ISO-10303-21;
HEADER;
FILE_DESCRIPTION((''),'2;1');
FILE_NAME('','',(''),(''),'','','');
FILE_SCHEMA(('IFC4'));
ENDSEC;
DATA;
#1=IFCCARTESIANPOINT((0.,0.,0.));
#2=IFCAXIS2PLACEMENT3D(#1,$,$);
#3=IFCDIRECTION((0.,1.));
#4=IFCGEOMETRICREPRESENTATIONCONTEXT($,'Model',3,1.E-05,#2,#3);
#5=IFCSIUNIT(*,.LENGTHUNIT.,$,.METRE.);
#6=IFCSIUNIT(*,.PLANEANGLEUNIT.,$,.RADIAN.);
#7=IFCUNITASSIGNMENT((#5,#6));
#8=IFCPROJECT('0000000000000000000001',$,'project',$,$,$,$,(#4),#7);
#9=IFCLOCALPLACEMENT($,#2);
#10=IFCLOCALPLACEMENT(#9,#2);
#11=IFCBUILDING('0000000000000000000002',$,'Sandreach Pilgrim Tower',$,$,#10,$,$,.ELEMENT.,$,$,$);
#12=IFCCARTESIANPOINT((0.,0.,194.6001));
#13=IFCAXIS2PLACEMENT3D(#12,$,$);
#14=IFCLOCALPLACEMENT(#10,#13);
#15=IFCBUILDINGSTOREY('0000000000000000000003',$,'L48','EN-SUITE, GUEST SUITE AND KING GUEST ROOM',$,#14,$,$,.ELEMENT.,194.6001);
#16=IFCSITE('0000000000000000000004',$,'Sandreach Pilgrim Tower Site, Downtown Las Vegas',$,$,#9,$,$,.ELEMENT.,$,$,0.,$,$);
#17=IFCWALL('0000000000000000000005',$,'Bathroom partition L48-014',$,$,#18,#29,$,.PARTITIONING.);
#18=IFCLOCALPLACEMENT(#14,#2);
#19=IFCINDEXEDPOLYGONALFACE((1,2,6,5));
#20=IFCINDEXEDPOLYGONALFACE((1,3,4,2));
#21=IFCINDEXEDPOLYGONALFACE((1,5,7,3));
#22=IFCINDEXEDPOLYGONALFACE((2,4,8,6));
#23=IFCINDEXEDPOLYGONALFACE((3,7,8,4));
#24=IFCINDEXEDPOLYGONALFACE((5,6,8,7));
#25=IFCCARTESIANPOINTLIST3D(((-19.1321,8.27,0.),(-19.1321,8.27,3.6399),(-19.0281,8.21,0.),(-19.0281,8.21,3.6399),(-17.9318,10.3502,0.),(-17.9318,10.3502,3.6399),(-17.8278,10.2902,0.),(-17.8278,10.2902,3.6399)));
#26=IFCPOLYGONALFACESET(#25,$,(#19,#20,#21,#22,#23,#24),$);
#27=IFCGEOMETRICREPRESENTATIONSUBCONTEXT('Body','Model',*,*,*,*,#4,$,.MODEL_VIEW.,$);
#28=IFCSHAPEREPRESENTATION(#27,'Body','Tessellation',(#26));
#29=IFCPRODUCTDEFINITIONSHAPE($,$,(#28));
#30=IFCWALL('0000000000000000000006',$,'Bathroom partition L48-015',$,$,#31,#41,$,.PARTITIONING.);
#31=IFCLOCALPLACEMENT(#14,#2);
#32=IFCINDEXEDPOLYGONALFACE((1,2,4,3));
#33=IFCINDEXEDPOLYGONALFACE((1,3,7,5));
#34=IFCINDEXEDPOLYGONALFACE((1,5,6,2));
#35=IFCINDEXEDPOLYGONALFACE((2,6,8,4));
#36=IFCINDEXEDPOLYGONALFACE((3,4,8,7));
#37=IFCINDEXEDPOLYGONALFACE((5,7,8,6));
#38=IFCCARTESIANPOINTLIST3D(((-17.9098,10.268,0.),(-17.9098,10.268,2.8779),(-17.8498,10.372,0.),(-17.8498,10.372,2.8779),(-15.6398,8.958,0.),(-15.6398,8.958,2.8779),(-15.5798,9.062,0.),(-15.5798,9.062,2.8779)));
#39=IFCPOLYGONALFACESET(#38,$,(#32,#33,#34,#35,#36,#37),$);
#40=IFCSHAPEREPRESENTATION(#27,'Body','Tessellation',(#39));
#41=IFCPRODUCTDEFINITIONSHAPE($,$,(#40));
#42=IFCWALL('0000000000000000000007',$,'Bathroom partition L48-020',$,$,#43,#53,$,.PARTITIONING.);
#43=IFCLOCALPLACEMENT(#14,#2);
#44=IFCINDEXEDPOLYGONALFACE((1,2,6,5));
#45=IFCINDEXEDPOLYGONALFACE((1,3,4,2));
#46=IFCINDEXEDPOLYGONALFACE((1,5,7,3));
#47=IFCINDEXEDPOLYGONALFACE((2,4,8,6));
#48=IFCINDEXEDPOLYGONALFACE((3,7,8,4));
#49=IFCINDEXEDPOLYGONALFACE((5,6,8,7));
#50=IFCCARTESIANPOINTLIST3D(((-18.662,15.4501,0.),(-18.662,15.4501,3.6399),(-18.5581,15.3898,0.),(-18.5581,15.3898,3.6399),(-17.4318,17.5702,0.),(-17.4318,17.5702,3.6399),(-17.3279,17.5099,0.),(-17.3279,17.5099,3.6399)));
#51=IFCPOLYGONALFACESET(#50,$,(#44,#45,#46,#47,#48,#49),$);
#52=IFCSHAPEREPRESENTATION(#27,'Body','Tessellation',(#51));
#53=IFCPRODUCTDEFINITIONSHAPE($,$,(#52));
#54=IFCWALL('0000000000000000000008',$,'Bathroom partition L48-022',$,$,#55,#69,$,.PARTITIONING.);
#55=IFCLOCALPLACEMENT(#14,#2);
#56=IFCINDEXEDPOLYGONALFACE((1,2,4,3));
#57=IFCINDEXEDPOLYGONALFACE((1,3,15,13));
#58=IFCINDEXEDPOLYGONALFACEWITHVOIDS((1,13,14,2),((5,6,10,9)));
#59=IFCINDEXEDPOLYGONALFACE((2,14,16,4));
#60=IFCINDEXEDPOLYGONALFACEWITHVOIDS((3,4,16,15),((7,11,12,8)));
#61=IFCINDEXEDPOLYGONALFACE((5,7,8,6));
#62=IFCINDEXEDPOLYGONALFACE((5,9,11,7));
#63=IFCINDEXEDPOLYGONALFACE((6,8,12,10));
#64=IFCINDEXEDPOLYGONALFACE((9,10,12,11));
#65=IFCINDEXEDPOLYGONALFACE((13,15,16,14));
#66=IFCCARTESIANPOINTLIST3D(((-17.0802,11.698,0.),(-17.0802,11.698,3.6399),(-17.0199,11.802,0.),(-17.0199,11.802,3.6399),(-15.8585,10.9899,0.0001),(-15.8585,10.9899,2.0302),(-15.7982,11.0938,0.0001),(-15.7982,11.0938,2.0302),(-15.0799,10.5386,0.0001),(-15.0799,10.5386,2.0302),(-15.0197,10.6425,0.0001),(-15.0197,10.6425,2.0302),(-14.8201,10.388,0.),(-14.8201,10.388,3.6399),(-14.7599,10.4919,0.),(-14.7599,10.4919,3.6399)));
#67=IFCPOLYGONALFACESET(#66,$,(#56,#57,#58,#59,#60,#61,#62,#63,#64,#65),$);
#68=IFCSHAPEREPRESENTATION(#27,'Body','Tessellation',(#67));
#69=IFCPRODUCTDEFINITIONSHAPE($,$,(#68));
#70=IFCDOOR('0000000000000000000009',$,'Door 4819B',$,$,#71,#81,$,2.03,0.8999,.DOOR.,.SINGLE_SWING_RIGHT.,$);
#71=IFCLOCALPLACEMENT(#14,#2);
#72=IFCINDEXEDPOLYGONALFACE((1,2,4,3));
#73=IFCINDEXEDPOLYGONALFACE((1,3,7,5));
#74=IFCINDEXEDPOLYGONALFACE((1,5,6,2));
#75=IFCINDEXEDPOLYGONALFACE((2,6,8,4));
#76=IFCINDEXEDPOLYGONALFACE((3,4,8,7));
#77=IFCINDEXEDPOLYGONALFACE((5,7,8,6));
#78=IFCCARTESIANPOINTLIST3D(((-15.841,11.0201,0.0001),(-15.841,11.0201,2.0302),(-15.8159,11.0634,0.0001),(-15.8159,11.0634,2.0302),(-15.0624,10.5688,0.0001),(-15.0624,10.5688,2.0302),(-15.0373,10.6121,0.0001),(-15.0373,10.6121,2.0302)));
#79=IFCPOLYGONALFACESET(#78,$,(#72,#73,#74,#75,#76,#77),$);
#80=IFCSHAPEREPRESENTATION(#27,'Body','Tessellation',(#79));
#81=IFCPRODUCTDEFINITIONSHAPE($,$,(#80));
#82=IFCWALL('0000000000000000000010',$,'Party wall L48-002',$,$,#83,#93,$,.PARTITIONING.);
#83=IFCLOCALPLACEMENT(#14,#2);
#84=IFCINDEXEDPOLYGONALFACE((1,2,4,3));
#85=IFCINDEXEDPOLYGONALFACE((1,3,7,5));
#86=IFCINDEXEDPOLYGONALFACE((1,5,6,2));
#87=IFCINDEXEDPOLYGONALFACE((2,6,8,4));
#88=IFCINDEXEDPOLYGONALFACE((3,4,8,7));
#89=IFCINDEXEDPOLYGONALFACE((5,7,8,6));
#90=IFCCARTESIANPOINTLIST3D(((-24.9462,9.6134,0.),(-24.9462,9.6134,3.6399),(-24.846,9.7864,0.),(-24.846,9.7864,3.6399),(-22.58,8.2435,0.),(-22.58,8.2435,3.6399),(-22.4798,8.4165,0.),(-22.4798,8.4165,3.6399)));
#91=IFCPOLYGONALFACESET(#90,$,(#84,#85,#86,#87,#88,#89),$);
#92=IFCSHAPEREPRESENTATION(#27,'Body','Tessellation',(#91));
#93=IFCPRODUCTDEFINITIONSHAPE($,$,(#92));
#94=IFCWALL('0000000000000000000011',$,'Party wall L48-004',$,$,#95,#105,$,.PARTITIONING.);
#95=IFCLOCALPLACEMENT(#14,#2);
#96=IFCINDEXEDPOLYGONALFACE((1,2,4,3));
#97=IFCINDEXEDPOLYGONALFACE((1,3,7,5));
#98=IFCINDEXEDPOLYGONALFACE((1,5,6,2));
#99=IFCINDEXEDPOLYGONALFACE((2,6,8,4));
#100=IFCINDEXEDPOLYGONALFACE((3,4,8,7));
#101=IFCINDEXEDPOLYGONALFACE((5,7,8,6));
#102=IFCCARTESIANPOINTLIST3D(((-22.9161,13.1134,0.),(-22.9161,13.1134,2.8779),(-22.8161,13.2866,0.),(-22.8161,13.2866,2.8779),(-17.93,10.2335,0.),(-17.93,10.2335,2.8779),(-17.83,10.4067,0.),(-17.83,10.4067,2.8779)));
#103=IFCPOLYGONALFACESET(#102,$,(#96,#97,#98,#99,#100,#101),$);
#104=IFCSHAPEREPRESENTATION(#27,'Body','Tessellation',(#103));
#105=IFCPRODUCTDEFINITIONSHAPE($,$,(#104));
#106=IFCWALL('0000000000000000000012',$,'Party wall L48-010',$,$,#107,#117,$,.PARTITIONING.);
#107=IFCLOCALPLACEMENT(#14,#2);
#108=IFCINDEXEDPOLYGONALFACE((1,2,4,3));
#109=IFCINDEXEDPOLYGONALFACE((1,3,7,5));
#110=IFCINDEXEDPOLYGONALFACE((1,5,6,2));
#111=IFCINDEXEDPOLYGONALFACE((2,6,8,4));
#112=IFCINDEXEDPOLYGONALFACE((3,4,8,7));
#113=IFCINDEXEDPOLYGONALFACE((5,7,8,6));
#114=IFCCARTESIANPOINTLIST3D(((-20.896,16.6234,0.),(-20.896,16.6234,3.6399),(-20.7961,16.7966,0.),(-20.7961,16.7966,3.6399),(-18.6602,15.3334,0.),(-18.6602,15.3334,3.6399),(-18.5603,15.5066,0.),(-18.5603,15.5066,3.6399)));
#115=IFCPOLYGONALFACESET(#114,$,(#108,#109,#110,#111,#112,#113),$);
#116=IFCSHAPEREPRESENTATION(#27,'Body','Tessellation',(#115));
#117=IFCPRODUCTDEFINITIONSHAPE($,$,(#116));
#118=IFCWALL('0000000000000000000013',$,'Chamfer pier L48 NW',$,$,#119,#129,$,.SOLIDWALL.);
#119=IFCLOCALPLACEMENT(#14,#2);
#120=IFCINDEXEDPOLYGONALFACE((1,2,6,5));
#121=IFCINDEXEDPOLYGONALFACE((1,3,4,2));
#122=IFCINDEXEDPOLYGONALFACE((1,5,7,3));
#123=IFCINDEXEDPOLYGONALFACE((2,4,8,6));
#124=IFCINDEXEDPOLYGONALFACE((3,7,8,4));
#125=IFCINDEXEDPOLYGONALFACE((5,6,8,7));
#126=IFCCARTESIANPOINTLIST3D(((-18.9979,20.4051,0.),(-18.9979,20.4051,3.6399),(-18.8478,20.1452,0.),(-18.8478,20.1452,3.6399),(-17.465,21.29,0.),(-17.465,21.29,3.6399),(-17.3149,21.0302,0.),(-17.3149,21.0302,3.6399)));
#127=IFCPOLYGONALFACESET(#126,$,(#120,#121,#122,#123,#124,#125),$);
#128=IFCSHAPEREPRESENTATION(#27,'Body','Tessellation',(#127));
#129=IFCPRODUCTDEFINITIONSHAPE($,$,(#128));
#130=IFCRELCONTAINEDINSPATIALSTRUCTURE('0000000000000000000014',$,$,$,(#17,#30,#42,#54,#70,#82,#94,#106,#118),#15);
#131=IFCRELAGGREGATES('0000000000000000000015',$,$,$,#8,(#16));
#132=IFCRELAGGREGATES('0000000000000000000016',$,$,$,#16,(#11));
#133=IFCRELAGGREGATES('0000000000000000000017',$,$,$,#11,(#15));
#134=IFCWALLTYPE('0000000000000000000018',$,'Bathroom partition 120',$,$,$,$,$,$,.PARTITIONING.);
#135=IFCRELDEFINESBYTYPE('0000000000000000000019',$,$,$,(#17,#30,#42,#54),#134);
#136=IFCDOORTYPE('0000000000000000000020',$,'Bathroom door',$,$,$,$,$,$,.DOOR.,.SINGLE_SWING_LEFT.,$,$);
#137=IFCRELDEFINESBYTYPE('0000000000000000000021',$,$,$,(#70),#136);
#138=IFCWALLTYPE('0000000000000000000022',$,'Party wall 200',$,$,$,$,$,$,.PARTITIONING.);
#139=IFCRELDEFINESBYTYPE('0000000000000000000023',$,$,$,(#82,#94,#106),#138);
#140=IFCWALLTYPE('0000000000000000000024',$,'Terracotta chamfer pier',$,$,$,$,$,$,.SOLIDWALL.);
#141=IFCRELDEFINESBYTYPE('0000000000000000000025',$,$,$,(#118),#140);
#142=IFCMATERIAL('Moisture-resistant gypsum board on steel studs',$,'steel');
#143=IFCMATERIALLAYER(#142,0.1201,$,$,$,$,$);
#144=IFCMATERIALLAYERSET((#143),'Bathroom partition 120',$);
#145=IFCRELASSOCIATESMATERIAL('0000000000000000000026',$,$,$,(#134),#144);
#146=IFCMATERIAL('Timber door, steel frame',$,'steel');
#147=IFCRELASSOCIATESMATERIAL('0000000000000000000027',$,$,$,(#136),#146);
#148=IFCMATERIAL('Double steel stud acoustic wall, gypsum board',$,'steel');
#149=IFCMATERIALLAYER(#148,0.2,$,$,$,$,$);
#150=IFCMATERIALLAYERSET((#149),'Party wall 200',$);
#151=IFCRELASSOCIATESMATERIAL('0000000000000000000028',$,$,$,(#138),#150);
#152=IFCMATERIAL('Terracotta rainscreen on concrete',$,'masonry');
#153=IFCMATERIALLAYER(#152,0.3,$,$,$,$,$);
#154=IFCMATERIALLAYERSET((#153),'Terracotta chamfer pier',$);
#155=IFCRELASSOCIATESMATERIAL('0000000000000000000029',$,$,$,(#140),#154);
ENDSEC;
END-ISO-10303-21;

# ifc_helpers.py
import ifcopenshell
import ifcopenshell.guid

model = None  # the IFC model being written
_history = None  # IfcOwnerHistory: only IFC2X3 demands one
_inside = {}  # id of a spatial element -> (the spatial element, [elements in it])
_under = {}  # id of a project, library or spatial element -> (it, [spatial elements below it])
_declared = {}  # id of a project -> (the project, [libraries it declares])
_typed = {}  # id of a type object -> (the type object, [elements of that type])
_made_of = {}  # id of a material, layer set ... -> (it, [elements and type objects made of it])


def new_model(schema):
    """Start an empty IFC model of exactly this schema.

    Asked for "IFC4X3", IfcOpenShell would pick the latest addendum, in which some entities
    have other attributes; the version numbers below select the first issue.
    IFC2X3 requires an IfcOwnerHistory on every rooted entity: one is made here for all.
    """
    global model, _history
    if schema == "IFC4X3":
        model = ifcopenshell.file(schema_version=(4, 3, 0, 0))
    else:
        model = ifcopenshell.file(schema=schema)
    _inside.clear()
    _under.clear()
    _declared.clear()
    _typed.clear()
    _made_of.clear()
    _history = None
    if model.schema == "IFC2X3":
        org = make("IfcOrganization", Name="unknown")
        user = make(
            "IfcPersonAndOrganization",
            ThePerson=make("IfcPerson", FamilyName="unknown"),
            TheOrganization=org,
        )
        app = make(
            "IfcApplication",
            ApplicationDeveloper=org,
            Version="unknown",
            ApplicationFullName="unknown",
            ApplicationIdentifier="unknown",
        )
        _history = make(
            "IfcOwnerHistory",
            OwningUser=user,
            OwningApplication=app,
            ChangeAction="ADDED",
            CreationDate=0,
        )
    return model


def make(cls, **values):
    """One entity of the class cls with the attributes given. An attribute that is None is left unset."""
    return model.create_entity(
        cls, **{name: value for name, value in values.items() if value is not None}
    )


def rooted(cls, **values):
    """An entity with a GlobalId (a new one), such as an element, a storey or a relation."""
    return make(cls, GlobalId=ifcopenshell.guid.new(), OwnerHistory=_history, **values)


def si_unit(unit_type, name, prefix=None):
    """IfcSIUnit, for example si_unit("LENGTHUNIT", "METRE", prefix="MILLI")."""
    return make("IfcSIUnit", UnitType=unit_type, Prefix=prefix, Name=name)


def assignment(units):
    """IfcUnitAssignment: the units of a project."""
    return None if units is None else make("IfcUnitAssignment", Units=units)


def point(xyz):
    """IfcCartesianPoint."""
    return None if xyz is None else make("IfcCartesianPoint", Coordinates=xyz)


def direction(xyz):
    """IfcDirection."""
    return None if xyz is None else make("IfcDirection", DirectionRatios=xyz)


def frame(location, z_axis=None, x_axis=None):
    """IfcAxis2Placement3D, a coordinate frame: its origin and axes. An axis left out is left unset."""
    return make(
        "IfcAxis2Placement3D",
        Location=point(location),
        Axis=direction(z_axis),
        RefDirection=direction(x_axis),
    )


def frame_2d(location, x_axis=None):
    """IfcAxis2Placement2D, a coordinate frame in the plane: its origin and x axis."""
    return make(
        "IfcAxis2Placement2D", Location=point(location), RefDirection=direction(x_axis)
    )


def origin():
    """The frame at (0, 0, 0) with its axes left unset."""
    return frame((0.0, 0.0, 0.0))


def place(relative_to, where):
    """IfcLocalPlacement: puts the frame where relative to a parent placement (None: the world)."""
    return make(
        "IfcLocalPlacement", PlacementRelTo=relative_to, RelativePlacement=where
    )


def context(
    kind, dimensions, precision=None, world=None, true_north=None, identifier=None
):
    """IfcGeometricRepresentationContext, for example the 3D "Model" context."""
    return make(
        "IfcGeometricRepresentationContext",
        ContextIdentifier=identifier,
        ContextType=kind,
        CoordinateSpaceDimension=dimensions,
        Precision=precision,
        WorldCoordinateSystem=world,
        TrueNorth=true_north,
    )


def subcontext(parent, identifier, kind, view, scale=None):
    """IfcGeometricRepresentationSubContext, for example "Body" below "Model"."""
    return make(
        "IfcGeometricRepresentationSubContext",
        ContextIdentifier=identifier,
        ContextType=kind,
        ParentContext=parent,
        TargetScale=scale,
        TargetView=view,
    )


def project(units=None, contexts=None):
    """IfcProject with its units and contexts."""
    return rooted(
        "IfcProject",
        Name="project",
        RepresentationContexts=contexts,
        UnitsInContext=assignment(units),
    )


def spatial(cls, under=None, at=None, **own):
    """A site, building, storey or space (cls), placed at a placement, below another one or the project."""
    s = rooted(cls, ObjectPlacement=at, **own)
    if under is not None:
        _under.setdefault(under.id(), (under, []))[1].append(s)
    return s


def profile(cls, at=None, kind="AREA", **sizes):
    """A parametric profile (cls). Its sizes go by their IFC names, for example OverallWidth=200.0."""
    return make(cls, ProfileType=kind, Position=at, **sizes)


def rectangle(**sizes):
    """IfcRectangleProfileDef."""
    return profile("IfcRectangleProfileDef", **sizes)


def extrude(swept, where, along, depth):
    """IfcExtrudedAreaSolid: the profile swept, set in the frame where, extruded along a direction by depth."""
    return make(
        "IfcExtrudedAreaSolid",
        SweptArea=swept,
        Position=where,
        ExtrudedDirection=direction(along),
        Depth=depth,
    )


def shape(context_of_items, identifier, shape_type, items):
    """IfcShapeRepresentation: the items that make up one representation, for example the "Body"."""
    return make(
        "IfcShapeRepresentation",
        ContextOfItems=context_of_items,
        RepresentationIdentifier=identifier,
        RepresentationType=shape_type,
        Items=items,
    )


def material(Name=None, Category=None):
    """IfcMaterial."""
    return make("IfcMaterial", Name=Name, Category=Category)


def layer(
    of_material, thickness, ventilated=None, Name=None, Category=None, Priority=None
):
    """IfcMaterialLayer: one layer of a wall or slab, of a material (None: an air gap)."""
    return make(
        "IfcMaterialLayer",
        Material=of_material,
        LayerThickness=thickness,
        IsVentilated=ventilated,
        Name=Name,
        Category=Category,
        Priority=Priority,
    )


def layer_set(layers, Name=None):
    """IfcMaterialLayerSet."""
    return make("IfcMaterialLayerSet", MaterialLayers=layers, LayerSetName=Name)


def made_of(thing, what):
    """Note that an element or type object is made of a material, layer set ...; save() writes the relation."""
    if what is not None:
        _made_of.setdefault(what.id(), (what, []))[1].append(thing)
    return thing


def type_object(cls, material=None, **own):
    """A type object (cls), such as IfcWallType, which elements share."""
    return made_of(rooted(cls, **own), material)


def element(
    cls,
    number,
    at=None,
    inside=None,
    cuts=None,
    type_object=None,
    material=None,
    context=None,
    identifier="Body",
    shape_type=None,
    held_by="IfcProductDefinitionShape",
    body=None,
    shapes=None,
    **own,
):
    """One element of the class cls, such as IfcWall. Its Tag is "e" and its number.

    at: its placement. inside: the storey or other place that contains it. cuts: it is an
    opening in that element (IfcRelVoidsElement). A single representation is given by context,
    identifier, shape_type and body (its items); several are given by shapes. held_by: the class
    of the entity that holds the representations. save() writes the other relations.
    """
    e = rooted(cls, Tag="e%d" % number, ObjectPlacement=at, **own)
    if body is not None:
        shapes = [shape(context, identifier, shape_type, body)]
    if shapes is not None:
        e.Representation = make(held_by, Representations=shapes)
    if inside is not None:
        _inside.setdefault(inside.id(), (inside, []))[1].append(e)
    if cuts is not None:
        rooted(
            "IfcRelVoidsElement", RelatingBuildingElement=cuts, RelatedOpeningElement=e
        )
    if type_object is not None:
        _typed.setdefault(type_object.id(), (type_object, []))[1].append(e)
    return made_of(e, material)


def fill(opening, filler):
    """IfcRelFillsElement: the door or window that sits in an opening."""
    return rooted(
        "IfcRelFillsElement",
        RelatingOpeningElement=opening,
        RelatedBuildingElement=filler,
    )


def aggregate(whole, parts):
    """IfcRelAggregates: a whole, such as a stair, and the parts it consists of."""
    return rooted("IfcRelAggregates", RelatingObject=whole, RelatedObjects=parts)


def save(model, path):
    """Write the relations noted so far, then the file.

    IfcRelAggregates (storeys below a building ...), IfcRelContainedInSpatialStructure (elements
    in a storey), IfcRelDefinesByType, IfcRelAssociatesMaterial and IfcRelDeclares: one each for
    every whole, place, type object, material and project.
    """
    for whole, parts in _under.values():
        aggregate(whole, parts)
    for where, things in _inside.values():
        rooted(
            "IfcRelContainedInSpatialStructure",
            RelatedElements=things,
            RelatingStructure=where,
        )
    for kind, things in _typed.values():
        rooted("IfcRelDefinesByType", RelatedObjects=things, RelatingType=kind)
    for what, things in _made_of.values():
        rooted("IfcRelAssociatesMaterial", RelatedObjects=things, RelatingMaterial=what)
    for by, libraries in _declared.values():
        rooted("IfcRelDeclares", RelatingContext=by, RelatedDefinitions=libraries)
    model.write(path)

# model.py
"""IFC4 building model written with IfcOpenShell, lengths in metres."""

from ifc_helpers import new_model, si_unit, direction, frame, frame_2d, origin, place, context, subcontext, project, spatial, rectangle, extrude, material, layer, layer_set, type_object, element, fill, save


model = new_model("IFC4")

# Units and contexts
model_context = context("Model", 3, precision=1e-05, world=origin(), true_north=direction((0.0, 1.0)))
body_context = subcontext(model_context, "Body", "Model", "MODEL_VIEW")
ifc_project = project(units=[si_unit("LENGTHUNIT", "METRE"), si_unit("PLANEANGLEUNIT", "RADIAN")], contexts=[model_context])

# Site, building, storey
site_placement = place(None, origin())
site = spatial("IfcSite", under=ifc_project, at=site_placement, Name="Sandreach Pilgrim Tower Site, Downtown Las Vegas", CompositionType="ELEMENT", RefElevation=0.0)
building_placement = place(site_placement, origin())
building = spatial("IfcBuilding", under=site, at=building_placement, Name="Sandreach Pilgrim Tower", CompositionType="ELEMENT")
storey_placement = place(building_placement, frame((0.0, 0.0, 194.6001)))
storey = spatial("IfcBuildingStorey", under=building, at=storey_placement, Name="L48", Description="EN-SUITE, GUEST SUITE AND KING GUEST ROOM", CompositionType="ELEMENT", Elevation=194.6001)

# Walls
ifc_material_1 = material(Name="Moisture-resistant gypsum board on steel studs", Category="steel")
ifc_layer_1 = layer(ifc_material_1, 0.1201)
ifc_layer_set_1 = layer_set([ifc_layer_1], Name="Bathroom partition 120")
wall_type_1 = type_object("IfcWallType", Name="Bathroom partition 120", PredefinedType="PARTITIONING", material=ifc_layer_set_1)
wall_1_placement = place(storey_placement, frame((-17.8799, 10.3201, 0.0), z_axis=(0.0, 0.0, 1.0), x_axis=(-0.499769, -0.866159, 0.0)))
element("IfcWall", 1, at=wall_1_placement, inside=storey, type_object=wall_type_1, Name="Bathroom partition L48-014", PredefinedType="PARTITIONING", context=body_context, shape_type="SweptSolid", body=[
    extrude(rectangle(XDim=2.4016, YDim=0.1201, at=frame_2d((1.2007, 0.0))), origin(), (0.0, 0.0, 1.0), 3.6399),
])
wall_2_placement = place(storey_placement, frame((-17.8799, 10.3201, 0.0), z_axis=(0.0, 0.0, 1.0), x_axis=(0.866114, -0.499846, 0.0)))
element("IfcWall", 2, at=wall_2_placement, inside=storey, type_object=wall_type_1, Name="Bathroom partition L48-015", PredefinedType="PARTITIONING", context=body_context, shape_type="SweptSolid", body=[
    extrude(rectangle(XDim=2.6208, YDim=0.1201, at=frame_2d((1.3105, 0.0))), origin(), (0.0, 0.0, 1.0), 2.8779),
])
wall_3_placement = place(storey_placement, frame((-17.3799, 17.54, 0.0), z_axis=(0.0, 0.0, 1.0), x_axis=(-0.501888, -0.864933, 0.0)))
element("IfcWall", 3, at=wall_3_placement, inside=storey, type_object=wall_type_1, Name="Bathroom partition L48-020", PredefinedType="PARTITIONING", context=body_context, shape_type="SweptSolid", body=[
    extrude(rectangle(XDim=2.4512, YDim=0.1201, at=frame_2d((1.2256, 0.0))), origin(), (0.0, 0.0, 1.0), 3.6399),
])

# Wall, opening, door
wall_4_placement = place(storey_placement, frame((-17.05, 11.75, 0.0), z_axis=(0.0, 0.0, 1.0), x_axis=(0.865155, -0.501504, 0.0)))
wall_4 = element("IfcWall", 4, at=wall_4_placement, inside=storey, type_object=wall_type_1, Name="Bathroom partition L48-022", PredefinedType="PARTITIONING", context=body_context, shape_type="SweptSolid", body=[
    extrude(rectangle(XDim=2.6123, YDim=0.1201, at=frame_2d((1.3062, 0.0))), origin(), (0.0, 0.0, 1.0), 3.6399),
])
opening_placement = place(wall_4_placement, frame((1.4121, 0.0, 0.0)))
opening = element("IfcOpeningElement", 5, at=opening_placement, cuts=wall_4, PredefinedType="OPENING", context=body_context, shape_type="SweptSolid", body=[
    extrude(rectangle(XDim=0.8999, YDim=2.03, at=frame_2d((0.45, 1.0151))), frame((0.0, 0.0601, 0.0), z_axis=(0.0, -1.0, 0.0), x_axis=(1.0, 0.0, 0.0)), (0.0, 0.0, 1.0), 0.1201),
])
ifc_material_2 = material(Name="Timber door, steel frame", Category="steel")
door_type = type_object("IfcDoorType", Name="Bathroom door", OperationType="SINGLE_SWING_LEFT", PredefinedType="DOOR", material=ifc_material_2)
door_placement = place(opening_placement, origin())
door = element("IfcDoor", 6, at=door_placement, inside=storey, type_object=door_type, Name="Door 4819B", OperationType="SINGLE_SWING_RIGHT", OverallHeight=2.03, OverallWidth=0.8999, PredefinedType="DOOR", context=body_context, shape_type="SweptSolid", body=[
    extrude(rectangle(XDim=0.8999, YDim=2.03, at=frame_2d((0.45, 1.0151))), frame((0.0, 0.0249, 0.0), z_axis=(0.0, -1.0, 0.0), x_axis=(1.0, 0.0, 0.0)), (0.0, 0.0, 1.0), 0.05),
])
fill(opening, door)

# Walls
ifc_material_3 = material(Name="Double steel stud acoustic wall, gypsum board", Category="steel")
ifc_layer_2 = layer(ifc_material_3, 0.2)
ifc_layer_set_2 = layer_set([ifc_layer_2], Name="Party wall 200")
wall_type_2 = type_object("IfcWallType", Name="Party wall 200", PredefinedType="PARTITIONING", material=ifc_layer_set_2)
wall_5_placement = place(storey_placement, frame((-24.8962, 9.7, 0.0), z_axis=(0.0, 0.0, 1.0), x_axis=(0.865432, -0.501026, 0.0)))
element("IfcWall", 7, at=wall_5_placement, inside=storey, type_object=wall_type_2, Name="Party wall L48-002", PredefinedType="PARTITIONING", context=body_context, shape_type="SweptSolid", body=[
    extrude(rectangle(XDim=2.7341, YDim=0.2, at=frame_2d((1.3672, 0.0))), origin(), (0.0, 0.0, 1.0), 3.6399),
])
wall_6_placement = place(storey_placement, frame((-22.866, 13.2, 0.0), z_axis=(0.0, 0.0, 1.0), x_axis=(0.865938, -0.500152, 0.0)))
element("IfcWall", 8, at=wall_6_placement, inside=storey, type_object=wall_type_2, Name="Party wall L48-004", PredefinedType="PARTITIONING", context=body_context, shape_type="SweptSolid", body=[
    extrude(rectangle(XDim=5.7581, YDim=0.2, at=frame_2d((2.8789, 0.0))), origin(), (0.0, 0.0, 1.0), 2.8779),
])
wall_7_placement = place(storey_placement, frame((-20.8459, 16.71, 0.0), z_axis=(0.0, 0.0, 1.0), x_axis=(0.866164, -0.499761, 0.0)))
element("IfcWall", 9, at=wall_7_placement, inside=storey, type_object=wall_type_2, Name="Party wall L48-010", PredefinedType="PARTITIONING", context=body_context, shape_type="SweptSolid", body=[
    extrude(rectangle(XDim=2.5813, YDim=0.2, at=frame_2d((1.2905, 0.0))), origin(), (0.0, 0.0, 1.0), 3.6399),
])
ifc_material_4 = material(Name="Terracotta rainscreen on concrete", Category="masonry")
ifc_layer_3 = layer(ifc_material_4, 0.3)
ifc_layer_set_3 = layer_set([ifc_layer_3], Name="Terracotta chamfer pier")
wall_type_3 = type_object("IfcWallType", Name="Terracotta chamfer pier", PredefinedType="SOLIDWALL", material=ifc_layer_set_3)
wall_8_placement = place(storey_placement, frame((-18.9229, 20.2751, 0.0), z_axis=(0.0, 0.0, 1.0), x_axis=(0.866036, 0.499981, 0.0)))
element("IfcWall", 10, at=wall_8_placement, inside=storey, type_object=wall_type_3, Name="Chamfer pier L48 NW", PredefinedType="SOLIDWALL", context=body_context, shape_type="SweptSolid", body=[
    extrude(rectangle(XDim=1.77, YDim=0.3, at=frame_2d((0.885, 0.0))), origin(), (0.0, 0.0, 1.0), 3.6399),
])

save(model, "model.ifc")
